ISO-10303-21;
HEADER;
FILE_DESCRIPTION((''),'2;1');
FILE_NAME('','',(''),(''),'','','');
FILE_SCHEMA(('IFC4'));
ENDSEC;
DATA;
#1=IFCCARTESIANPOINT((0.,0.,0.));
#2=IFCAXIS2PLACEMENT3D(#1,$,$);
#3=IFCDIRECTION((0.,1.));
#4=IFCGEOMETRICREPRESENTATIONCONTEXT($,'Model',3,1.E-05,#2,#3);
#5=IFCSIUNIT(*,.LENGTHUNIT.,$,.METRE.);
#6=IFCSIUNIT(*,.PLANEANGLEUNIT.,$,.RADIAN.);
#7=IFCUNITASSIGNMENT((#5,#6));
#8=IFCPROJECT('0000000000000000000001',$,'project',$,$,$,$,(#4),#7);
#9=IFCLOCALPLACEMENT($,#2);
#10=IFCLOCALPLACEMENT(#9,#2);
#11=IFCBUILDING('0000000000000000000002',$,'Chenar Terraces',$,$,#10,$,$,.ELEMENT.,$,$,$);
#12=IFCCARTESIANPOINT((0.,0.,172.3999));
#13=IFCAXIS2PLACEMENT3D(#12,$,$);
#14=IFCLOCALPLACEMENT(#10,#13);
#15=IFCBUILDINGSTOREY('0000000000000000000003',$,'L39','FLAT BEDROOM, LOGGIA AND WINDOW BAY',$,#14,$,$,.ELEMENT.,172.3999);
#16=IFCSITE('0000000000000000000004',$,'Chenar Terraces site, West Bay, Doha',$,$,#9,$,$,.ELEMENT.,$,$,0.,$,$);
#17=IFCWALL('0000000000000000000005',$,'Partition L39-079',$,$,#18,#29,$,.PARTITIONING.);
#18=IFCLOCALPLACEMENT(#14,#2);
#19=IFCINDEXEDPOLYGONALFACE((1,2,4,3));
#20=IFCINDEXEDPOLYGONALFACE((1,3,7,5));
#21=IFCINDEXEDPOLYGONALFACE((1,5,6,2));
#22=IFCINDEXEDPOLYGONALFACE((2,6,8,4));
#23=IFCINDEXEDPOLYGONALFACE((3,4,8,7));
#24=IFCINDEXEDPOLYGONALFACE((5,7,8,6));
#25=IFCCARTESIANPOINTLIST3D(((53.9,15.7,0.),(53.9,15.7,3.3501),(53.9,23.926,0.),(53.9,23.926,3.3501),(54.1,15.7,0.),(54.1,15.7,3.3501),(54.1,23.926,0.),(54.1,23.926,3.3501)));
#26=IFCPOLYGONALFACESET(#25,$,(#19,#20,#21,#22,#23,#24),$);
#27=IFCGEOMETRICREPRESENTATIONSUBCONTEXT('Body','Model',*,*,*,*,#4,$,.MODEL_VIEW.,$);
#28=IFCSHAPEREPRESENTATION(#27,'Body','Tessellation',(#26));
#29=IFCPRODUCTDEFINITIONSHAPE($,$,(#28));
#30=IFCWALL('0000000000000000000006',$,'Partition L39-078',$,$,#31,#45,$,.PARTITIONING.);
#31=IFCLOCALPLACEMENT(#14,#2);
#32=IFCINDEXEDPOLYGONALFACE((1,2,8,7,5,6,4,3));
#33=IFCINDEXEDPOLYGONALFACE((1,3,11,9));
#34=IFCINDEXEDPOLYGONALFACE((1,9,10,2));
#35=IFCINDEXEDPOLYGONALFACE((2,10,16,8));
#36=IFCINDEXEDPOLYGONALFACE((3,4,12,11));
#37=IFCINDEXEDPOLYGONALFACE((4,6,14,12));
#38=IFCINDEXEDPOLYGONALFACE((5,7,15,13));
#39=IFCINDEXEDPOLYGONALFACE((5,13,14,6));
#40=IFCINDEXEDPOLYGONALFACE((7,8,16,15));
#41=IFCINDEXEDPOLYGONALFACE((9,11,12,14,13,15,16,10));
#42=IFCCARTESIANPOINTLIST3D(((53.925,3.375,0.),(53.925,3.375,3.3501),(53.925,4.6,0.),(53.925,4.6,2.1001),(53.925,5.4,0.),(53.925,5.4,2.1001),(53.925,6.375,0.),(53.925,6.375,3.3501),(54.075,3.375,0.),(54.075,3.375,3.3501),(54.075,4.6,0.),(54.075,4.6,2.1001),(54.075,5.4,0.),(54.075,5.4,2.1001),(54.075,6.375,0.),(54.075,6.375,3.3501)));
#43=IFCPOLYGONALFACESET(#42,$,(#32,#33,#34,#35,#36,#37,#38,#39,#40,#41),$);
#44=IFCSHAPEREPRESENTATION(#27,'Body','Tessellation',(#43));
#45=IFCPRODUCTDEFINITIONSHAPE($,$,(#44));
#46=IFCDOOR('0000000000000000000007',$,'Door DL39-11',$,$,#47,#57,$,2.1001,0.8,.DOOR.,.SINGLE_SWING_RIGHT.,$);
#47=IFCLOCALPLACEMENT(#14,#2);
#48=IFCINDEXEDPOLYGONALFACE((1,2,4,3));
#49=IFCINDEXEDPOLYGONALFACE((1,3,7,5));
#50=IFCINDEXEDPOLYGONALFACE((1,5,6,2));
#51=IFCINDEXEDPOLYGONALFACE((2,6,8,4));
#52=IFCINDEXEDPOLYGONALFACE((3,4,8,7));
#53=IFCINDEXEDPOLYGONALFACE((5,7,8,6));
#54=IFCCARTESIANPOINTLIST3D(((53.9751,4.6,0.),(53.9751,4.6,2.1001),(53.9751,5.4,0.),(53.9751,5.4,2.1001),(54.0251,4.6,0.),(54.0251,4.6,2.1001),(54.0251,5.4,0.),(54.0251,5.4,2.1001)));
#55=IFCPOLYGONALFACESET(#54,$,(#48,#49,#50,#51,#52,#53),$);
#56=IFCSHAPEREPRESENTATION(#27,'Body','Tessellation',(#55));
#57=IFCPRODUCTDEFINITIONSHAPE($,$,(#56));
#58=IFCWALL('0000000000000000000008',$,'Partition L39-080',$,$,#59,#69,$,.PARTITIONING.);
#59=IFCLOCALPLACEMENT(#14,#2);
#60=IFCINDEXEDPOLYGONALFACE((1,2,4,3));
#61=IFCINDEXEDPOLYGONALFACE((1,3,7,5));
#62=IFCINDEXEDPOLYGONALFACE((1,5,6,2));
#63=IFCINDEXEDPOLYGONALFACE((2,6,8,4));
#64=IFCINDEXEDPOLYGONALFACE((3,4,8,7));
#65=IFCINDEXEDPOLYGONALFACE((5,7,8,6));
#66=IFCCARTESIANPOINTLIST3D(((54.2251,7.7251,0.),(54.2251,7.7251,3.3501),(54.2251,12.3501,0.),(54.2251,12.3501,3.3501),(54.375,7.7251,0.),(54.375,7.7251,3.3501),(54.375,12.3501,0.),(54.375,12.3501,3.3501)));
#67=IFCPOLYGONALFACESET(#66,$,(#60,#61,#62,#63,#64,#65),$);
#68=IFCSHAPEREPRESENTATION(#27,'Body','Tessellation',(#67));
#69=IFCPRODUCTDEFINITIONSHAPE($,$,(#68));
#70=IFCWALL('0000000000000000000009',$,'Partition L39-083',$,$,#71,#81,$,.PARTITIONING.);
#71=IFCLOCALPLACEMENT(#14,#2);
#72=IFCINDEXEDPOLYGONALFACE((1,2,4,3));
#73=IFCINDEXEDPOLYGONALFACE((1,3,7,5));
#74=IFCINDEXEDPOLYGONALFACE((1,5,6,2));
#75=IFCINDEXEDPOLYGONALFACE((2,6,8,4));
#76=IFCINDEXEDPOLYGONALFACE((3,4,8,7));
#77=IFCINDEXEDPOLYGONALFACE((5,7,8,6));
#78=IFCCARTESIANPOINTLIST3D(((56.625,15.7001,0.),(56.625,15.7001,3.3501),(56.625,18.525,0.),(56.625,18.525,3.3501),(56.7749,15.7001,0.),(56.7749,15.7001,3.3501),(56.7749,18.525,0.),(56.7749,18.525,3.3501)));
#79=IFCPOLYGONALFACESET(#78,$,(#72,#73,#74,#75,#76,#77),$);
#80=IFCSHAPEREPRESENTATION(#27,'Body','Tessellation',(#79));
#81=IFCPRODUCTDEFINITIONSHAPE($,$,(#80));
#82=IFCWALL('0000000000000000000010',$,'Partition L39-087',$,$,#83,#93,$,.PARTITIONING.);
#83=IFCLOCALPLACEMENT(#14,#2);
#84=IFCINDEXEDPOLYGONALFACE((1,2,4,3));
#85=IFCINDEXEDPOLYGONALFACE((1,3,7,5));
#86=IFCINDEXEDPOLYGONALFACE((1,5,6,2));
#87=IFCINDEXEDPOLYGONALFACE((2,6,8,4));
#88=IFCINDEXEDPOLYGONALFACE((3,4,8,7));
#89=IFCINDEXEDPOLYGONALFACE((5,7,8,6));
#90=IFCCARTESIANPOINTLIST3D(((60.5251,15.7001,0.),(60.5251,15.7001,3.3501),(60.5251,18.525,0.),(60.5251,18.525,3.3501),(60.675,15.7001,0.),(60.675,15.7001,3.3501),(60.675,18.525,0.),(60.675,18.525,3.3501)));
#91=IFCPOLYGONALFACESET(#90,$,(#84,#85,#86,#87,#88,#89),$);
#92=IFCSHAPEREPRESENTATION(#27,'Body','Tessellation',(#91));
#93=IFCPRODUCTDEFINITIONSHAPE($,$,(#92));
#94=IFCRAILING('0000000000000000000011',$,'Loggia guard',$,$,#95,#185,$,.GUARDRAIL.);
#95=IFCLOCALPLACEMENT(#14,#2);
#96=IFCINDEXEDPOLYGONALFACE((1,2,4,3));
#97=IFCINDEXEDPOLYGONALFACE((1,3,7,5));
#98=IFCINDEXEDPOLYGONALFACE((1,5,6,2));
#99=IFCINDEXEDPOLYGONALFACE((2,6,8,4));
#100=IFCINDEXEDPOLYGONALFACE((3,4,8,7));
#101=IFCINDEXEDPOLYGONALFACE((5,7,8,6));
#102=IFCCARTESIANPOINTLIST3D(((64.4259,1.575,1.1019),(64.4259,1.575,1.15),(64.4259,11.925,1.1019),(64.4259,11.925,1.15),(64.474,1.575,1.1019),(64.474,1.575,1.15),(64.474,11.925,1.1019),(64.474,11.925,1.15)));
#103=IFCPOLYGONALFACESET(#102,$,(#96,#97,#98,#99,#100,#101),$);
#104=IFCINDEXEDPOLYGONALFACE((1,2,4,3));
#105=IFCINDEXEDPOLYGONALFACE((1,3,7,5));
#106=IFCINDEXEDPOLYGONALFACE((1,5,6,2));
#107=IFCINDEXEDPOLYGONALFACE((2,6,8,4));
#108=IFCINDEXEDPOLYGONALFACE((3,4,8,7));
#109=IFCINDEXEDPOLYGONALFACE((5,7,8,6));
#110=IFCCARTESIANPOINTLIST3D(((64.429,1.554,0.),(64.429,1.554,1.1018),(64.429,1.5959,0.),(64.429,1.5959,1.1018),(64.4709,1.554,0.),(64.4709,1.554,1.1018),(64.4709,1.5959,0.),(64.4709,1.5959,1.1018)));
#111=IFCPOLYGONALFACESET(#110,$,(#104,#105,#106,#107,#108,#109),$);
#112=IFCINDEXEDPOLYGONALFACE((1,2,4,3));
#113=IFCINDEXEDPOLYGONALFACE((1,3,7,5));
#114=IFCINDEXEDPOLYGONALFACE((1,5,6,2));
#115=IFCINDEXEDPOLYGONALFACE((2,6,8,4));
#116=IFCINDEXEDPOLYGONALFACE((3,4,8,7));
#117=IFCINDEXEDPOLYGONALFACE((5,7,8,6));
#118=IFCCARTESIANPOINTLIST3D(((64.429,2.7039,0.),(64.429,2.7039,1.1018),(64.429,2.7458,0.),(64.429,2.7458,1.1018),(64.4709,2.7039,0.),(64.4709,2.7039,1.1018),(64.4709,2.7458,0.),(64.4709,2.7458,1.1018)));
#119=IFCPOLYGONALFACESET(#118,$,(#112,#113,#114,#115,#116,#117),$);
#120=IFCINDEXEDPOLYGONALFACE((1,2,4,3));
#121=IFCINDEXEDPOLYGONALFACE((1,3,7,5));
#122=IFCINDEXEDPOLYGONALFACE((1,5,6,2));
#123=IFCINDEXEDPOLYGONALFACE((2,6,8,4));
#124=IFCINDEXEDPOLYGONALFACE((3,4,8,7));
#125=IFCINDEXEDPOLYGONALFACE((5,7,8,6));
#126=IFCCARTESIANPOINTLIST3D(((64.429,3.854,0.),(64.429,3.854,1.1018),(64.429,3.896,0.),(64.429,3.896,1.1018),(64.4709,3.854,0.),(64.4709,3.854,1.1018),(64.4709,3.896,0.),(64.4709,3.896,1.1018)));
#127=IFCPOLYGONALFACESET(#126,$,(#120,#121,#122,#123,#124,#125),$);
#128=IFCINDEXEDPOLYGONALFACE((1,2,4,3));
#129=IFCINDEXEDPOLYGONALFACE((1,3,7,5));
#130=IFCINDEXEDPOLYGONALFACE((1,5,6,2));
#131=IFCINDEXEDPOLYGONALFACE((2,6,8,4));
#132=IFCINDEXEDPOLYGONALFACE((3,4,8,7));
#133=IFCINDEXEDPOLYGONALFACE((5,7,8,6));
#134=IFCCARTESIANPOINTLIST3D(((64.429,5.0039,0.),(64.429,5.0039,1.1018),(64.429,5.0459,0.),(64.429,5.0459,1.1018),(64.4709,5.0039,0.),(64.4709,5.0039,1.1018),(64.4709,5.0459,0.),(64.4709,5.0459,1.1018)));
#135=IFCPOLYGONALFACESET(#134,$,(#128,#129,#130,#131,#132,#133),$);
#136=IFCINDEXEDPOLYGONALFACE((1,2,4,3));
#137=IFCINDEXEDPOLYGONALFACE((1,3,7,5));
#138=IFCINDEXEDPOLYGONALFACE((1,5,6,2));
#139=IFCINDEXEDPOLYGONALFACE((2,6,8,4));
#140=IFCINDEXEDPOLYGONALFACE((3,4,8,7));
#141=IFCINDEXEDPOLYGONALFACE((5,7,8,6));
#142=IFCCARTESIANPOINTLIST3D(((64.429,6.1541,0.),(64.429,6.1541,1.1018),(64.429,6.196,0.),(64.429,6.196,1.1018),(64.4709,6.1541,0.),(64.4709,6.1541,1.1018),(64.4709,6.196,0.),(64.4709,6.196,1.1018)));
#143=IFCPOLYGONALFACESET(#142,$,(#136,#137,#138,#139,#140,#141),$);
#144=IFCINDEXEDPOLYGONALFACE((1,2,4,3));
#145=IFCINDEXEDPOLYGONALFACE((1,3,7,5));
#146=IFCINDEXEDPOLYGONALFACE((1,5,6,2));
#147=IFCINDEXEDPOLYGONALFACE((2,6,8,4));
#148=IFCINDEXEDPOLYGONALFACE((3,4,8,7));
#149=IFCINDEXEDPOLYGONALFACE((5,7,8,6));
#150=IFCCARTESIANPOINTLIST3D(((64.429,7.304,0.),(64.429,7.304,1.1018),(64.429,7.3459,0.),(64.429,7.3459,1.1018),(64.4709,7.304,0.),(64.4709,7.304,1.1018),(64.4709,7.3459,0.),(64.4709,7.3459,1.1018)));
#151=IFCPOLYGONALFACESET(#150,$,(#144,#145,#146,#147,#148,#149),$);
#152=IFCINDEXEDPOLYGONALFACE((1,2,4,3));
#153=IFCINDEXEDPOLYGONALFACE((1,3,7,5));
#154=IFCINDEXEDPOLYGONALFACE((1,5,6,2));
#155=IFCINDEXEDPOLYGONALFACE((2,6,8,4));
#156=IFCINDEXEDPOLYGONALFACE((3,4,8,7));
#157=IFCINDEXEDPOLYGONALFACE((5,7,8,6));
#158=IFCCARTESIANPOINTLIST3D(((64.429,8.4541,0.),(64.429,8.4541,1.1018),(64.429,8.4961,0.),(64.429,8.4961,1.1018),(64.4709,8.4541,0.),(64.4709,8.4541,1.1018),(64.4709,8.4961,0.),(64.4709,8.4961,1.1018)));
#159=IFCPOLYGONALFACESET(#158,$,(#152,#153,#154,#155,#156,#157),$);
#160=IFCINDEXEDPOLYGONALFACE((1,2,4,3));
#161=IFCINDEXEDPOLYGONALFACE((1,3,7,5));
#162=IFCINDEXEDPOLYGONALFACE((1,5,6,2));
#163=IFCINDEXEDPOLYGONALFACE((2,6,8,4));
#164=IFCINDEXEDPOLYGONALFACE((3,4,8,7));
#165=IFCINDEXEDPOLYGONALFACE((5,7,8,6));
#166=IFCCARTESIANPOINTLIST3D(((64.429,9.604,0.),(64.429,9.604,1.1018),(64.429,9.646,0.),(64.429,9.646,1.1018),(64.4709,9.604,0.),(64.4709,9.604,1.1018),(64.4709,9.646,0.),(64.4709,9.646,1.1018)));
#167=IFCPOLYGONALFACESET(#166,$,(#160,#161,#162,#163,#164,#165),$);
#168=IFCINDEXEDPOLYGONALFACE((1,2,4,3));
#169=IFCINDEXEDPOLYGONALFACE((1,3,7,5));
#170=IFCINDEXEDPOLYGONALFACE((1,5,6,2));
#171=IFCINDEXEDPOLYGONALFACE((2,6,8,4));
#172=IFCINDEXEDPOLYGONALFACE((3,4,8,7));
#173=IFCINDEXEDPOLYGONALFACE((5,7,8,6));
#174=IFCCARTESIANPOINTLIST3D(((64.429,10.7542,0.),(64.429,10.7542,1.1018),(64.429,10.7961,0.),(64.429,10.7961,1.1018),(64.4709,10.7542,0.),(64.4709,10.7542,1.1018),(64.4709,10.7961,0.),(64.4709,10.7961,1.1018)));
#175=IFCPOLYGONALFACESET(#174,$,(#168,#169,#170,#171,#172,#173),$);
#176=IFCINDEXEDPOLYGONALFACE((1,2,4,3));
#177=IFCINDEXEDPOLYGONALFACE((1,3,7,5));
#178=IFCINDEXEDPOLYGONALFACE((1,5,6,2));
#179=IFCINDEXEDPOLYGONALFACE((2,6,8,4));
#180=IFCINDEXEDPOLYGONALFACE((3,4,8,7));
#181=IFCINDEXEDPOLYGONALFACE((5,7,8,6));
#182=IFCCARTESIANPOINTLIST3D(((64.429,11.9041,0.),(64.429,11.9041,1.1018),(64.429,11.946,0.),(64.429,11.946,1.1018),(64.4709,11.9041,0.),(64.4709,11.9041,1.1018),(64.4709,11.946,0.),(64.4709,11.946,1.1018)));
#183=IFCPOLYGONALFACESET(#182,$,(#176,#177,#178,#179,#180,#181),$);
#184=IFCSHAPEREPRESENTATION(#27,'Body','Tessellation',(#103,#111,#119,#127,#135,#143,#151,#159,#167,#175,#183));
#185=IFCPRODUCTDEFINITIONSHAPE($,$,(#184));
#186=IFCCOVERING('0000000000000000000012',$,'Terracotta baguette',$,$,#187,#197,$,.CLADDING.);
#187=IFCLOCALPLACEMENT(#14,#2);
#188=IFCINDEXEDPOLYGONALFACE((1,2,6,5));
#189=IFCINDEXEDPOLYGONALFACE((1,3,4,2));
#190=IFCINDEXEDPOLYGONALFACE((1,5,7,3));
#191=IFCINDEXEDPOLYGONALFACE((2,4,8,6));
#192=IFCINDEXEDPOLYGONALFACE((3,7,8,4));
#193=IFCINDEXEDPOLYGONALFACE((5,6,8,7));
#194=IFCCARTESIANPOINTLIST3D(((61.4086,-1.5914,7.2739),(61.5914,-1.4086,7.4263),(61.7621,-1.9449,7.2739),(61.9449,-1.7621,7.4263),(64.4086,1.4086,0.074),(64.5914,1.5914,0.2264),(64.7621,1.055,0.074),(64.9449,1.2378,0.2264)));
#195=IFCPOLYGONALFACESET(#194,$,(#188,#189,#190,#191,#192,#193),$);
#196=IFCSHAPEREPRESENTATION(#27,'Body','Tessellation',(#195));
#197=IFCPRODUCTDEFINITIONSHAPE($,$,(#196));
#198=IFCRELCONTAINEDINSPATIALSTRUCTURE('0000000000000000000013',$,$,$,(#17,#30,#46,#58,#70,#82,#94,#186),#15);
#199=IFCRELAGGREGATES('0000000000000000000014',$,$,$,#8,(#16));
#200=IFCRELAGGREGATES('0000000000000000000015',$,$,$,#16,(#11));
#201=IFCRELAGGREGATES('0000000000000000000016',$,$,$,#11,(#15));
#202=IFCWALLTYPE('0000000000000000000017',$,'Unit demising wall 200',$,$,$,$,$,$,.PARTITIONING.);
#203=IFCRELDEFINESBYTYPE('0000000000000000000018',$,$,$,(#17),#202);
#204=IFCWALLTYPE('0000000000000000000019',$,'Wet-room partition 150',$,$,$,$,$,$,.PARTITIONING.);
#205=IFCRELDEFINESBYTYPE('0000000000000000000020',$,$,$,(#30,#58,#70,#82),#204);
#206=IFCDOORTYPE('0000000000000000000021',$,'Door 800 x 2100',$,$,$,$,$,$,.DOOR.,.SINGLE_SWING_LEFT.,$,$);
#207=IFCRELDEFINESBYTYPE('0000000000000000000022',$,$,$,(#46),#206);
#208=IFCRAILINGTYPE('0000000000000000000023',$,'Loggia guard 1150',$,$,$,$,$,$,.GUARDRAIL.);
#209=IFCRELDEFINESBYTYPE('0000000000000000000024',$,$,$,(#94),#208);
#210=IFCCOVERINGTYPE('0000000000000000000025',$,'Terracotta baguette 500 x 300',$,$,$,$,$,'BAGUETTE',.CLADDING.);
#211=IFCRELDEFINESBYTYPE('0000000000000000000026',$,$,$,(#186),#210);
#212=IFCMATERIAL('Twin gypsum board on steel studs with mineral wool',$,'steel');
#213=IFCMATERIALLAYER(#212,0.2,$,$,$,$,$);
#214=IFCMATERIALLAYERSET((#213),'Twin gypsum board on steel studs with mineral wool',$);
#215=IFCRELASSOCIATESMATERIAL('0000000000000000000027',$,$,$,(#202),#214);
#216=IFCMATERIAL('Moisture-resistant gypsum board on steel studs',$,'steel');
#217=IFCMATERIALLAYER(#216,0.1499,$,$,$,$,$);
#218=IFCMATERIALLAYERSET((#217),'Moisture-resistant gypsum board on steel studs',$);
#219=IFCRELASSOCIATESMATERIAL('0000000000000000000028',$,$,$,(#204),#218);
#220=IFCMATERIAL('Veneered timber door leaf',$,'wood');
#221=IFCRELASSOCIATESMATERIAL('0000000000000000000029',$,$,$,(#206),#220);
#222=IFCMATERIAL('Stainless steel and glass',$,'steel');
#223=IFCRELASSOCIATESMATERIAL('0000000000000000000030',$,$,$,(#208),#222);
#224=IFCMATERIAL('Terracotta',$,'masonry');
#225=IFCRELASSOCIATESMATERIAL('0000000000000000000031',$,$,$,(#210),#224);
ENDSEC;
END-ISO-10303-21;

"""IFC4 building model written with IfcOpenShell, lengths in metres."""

from ifc_helpers import new_model, si_unit, direction, frame, frame_2d, origin, origin_2d, place, context, subcontext, project, spatial, rectangle, extrude, material, layer, layer_set, material_profile, profile_set, type_object, element, fill, save


model = new_model("IFC4")

# Units and contexts
model_context = context("Model", 3, precision=1e-05, world=origin(), true_north=direction((0.0, 1.0)))
body_context = subcontext(model_context, "Body", "Model", "MODEL_VIEW")
ifc_project = project(units=[si_unit("LENGTHUNIT", "METRE"), si_unit("PLANEANGLEUNIT", "RADIAN")], contexts=[model_context])

# Site, building, storey
site_placement = place(None, origin())
site = spatial("IfcSite", under=ifc_project, at=site_placement, Name="Chenar Terraces site, West Bay, Doha", CompositionType="ELEMENT", RefElevation=0.0)
building_placement = place(site_placement, origin())
building = spatial("IfcBuilding", under=site, at=building_placement, Name="Chenar Terraces", CompositionType="ELEMENT")
storey_placement = place(building_placement, frame((0.0, 0.0, 172.3999)))
storey = spatial("IfcBuildingStorey", under=building, at=storey_placement, Name="L39", Description="FLAT BEDROOM, LOGGIA AND WINDOW BAY", CompositionType="ELEMENT", Elevation=172.3999)

# Wall
ifc_material_1 = material(Name="Twin gypsum board on steel studs with mineral wool", Category="steel")
ifc_layer_1 = layer(ifc_material_1, 0.2)
ifc_layer_set_1 = layer_set([ifc_layer_1], Name="Twin gypsum board on steel studs with mineral wool")
wall_type_1 = type_object("IfcWallType", Name="Unit demising wall 200", PredefinedType="PARTITIONING", material=ifc_layer_set_1)
wall_1_placement = place(storey_placement, frame((54.0, 15.7, 0.0), z_axis=(0.0, 0.0, 1.0), x_axis=(0.0, 1.0, 0.0)))
element("IfcWall", 1, at=wall_1_placement, inside=storey, type_object=wall_type_1, Name="Partition L39-079", PredefinedType="PARTITIONING", context=body_context, shape_type="SweptSolid", body=[
    extrude(rectangle(XDim=8.2261, YDim=0.2, at=frame_2d((4.113, 0.0))), origin(), (0.0, 0.0, 1.0), 3.3501),
])

# Wall, opening, door
ifc_material_2 = material(Name="Moisture-resistant gypsum board on steel studs", Category="steel")
ifc_layer_2 = layer(ifc_material_2, 0.1499)
ifc_layer_set_2 = layer_set([ifc_layer_2], Name="Moisture-resistant gypsum board on steel studs")
wall_type_2 = type_object("IfcWallType", Name="Wet-room partition 150", PredefinedType="PARTITIONING", material=ifc_layer_set_2)
wall_2_placement = place(storey_placement, frame((54.0, 3.375, 0.0), z_axis=(0.0, 0.0, 1.0), x_axis=(0.0, 1.0, 0.0)))
wall_2 = element("IfcWall", 2, at=wall_2_placement, inside=storey, type_object=wall_type_2, Name="Partition L39-078", PredefinedType="PARTITIONING", context=body_context, shape_type="SweptSolid", body=[
    extrude(rectangle(XDim=3.0, YDim=0.1499, at=frame_2d((1.5, 0.0))), origin(), (0.0, 0.0, 1.0), 3.3501),
])
opening_1_placement = place(wall_2_placement, frame((1.2251, 0.0, 0.0)))
opening_1 = element("IfcOpeningElement", 3, at=opening_1_placement, cuts=wall_2, PredefinedType="OPENING", context=body_context, shape_type="SweptSolid", body=[
    extrude(rectangle(XDim=0.8, YDim=2.1001, at=frame_2d((0.3999, 1.05))), frame((0.0, 0.085, 0.0), z_axis=(0.0, -1.0, 0.0), x_axis=(1.0, 0.0, 0.0)), (0.0, 0.0, 1.0), 0.1699),
])
ifc_material_3 = material(Name="Veneered timber door leaf", Category="wood")
door_type_1 = type_object("IfcDoorType", Name="Door 800 x 2100", OperationType="SINGLE_SWING_LEFT", PredefinedType="DOOR", material=ifc_material_3)
door_1_placement = place(opening_1_placement, origin())
door_1 = element("IfcDoor", 4, at=door_1_placement, inside=storey, type_object=door_type_1, Name="Door DL39-11", OperationType="SINGLE_SWING_RIGHT", OverallHeight=2.1001, OverallWidth=0.8, PredefinedType="DOOR", context=body_context, shape_type="SweptSolid", body=[
    extrude(rectangle(XDim=0.8, YDim=2.1001, at=frame_2d((0.3999, 1.05))), frame((0.0, 0.0249, 0.0), z_axis=(0.0, -1.0, 0.0), x_axis=(1.0, 0.0, 0.0)), (0.0, 0.0, 1.0), 0.05),
])
fill(opening_1, door_1)

# Walls
wall_3_placement = place(storey_placement, frame((54.3, 7.7251, 0.0), z_axis=(0.0, 0.0, 1.0), x_axis=(0.0, 1.0, 0.0)))
element("IfcWall", 5, at=wall_3_placement, inside=storey, type_object=wall_type_2, Name="Partition L39-080", PredefinedType="PARTITIONING", context=body_context, shape_type="SweptSolid", body=[
    extrude(rectangle(XDim=4.625, YDim=0.1499, at=frame_2d((2.3125, 0.0))), origin(), (0.0, 0.0, 1.0), 3.3501),
])
for number, where, z_axis, x_axis, name in (
    (6, (56.7, 15.7, 0.0), (0.0, 0.0, 1.0), (0.0, 1.0, 0.0), "Partition L39-083"),
    (7, (60.6001, 15.7, 0.0), (0.0, 0.0, 1.0), (0.0, 1.0, 0.0), "Partition L39-087"),
):
    element("IfcWall", number, at=place(storey_placement, frame(where, z_axis=z_axis, x_axis=x_axis)), inside=storey, type_object=wall_type_2, Name=name, PredefinedType="PARTITIONING", context=body_context, shape_type="SweptSolid", body=[
        extrude(rectangle(XDim=2.825, YDim=0.1499, at=frame_2d((1.4126, 0.0))), origin(), (0.0, 0.0, 1.0), 3.3501),
    ])

# Railing
ifc_material_4 = material(Name="Stainless steel and glass", Category="steel")
railing_type = type_object("IfcRailingType", Name="Loggia guard 1150", PredefinedType="GUARDRAIL", material=ifc_material_4)
railing_placement = place(storey_placement, frame((64.45, 1.575, 0.0)))
element("IfcRailing", 8, at=railing_placement, inside=storey, type_object=railing_type, Name="Loggia guard", PredefinedType="GUARDRAIL", context=body_context, shape_type="SweptSolid", body=[
    extrude(rectangle(XDim=0.0481, YDim=0.0481, at=origin_2d()), frame((0.0, 0.0, 1.126), z_axis=(0.0, 1.0, 0.0), x_axis=(-1.0, 0.0, 0.0)), (0.0, 0.0, 1.0), 10.3501),
    extrude(rectangle(XDim=0.042, YDim=0.042, at=origin_2d()), origin(), (0.0, 0.0, 1.0), 1.1018),
    extrude(rectangle(XDim=0.042, YDim=0.042, at=origin_2d()), frame((0.0, 1.1499, 0.0)), (0.0, 0.0, 1.0), 1.1018),
    extrude(rectangle(XDim=0.042, YDim=0.042, at=origin_2d()), frame((0.0, 2.3, 0.0)), (0.0, 0.0, 1.0), 1.1018),
    extrude(rectangle(XDim=0.042, YDim=0.042, at=origin_2d()), frame((0.0, 3.45, 0.0)), (0.0, 0.0, 1.0), 1.1018),
    extrude(rectangle(XDim=0.042, YDim=0.042, at=origin_2d()), frame((0.0, 4.6001, 0.0)), (0.0, 0.0, 1.0), 1.1018),
    extrude(rectangle(XDim=0.042, YDim=0.042, at=origin_2d()), frame((0.0, 5.75, 0.0)), (0.0, 0.0, 1.0), 1.1018),
    extrude(rectangle(XDim=0.042, YDim=0.042, at=origin_2d()), frame((0.0, 6.9001, 0.0)), (0.0, 0.0, 1.0), 1.1018),
    extrude(rectangle(XDim=0.042, YDim=0.042, at=origin_2d()), frame((0.0, 8.05, 0.0)), (0.0, 0.0, 1.0), 1.1018),
    extrude(rectangle(XDim=0.042, YDim=0.042, at=origin_2d()), frame((0.0, 9.2002, 0.0)), (0.0, 0.0, 1.0), 1.1018),
    extrude(rectangle(XDim=0.042, YDim=0.042, at=origin_2d()), frame((0.0, 10.3501, 0.0)), (0.0, 0.0, 1.0), 1.1018),
])

# Covering
ifc_material_5 = material(Name="Terracotta", Category="masonry")
ifc_material_profile_1 = material_profile(ifc_material_5, rectangle(XDim=0.5, YDim=0.3, at=origin_2d()), Name="Terracotta baguette 500 x 300")
ifc_profile_set_1 = profile_set([ifc_material_profile_1], Name="Terracotta")
covering_type = type_object("IfcCoveringType", Name="Terracotta baguette 500 x 300", ElementType="BAGUETTE", PredefinedType="CLADDING", material=ifc_profile_set_1)
covering_placement = place(storey_placement, frame((61.6768, -1.6768, 7.3501), z_axis=(0.358981, 0.358981, -0.861548), x_axis=(-0.707107, 0.707107, 0.0)))
element("IfcCovering", 9, at=covering_placement, inside=storey, type_object=covering_type, Name="Terracotta baguette", PredefinedType="CLADDING", context=body_context, shape_type="SweptSolid", body=[
    extrude(rectangle(XDim=0.5, YDim=0.3, at=origin_2d()), origin(), (0.0, 0.0, 1.0), 8.3569),
])

save(model, "model.ifc")
